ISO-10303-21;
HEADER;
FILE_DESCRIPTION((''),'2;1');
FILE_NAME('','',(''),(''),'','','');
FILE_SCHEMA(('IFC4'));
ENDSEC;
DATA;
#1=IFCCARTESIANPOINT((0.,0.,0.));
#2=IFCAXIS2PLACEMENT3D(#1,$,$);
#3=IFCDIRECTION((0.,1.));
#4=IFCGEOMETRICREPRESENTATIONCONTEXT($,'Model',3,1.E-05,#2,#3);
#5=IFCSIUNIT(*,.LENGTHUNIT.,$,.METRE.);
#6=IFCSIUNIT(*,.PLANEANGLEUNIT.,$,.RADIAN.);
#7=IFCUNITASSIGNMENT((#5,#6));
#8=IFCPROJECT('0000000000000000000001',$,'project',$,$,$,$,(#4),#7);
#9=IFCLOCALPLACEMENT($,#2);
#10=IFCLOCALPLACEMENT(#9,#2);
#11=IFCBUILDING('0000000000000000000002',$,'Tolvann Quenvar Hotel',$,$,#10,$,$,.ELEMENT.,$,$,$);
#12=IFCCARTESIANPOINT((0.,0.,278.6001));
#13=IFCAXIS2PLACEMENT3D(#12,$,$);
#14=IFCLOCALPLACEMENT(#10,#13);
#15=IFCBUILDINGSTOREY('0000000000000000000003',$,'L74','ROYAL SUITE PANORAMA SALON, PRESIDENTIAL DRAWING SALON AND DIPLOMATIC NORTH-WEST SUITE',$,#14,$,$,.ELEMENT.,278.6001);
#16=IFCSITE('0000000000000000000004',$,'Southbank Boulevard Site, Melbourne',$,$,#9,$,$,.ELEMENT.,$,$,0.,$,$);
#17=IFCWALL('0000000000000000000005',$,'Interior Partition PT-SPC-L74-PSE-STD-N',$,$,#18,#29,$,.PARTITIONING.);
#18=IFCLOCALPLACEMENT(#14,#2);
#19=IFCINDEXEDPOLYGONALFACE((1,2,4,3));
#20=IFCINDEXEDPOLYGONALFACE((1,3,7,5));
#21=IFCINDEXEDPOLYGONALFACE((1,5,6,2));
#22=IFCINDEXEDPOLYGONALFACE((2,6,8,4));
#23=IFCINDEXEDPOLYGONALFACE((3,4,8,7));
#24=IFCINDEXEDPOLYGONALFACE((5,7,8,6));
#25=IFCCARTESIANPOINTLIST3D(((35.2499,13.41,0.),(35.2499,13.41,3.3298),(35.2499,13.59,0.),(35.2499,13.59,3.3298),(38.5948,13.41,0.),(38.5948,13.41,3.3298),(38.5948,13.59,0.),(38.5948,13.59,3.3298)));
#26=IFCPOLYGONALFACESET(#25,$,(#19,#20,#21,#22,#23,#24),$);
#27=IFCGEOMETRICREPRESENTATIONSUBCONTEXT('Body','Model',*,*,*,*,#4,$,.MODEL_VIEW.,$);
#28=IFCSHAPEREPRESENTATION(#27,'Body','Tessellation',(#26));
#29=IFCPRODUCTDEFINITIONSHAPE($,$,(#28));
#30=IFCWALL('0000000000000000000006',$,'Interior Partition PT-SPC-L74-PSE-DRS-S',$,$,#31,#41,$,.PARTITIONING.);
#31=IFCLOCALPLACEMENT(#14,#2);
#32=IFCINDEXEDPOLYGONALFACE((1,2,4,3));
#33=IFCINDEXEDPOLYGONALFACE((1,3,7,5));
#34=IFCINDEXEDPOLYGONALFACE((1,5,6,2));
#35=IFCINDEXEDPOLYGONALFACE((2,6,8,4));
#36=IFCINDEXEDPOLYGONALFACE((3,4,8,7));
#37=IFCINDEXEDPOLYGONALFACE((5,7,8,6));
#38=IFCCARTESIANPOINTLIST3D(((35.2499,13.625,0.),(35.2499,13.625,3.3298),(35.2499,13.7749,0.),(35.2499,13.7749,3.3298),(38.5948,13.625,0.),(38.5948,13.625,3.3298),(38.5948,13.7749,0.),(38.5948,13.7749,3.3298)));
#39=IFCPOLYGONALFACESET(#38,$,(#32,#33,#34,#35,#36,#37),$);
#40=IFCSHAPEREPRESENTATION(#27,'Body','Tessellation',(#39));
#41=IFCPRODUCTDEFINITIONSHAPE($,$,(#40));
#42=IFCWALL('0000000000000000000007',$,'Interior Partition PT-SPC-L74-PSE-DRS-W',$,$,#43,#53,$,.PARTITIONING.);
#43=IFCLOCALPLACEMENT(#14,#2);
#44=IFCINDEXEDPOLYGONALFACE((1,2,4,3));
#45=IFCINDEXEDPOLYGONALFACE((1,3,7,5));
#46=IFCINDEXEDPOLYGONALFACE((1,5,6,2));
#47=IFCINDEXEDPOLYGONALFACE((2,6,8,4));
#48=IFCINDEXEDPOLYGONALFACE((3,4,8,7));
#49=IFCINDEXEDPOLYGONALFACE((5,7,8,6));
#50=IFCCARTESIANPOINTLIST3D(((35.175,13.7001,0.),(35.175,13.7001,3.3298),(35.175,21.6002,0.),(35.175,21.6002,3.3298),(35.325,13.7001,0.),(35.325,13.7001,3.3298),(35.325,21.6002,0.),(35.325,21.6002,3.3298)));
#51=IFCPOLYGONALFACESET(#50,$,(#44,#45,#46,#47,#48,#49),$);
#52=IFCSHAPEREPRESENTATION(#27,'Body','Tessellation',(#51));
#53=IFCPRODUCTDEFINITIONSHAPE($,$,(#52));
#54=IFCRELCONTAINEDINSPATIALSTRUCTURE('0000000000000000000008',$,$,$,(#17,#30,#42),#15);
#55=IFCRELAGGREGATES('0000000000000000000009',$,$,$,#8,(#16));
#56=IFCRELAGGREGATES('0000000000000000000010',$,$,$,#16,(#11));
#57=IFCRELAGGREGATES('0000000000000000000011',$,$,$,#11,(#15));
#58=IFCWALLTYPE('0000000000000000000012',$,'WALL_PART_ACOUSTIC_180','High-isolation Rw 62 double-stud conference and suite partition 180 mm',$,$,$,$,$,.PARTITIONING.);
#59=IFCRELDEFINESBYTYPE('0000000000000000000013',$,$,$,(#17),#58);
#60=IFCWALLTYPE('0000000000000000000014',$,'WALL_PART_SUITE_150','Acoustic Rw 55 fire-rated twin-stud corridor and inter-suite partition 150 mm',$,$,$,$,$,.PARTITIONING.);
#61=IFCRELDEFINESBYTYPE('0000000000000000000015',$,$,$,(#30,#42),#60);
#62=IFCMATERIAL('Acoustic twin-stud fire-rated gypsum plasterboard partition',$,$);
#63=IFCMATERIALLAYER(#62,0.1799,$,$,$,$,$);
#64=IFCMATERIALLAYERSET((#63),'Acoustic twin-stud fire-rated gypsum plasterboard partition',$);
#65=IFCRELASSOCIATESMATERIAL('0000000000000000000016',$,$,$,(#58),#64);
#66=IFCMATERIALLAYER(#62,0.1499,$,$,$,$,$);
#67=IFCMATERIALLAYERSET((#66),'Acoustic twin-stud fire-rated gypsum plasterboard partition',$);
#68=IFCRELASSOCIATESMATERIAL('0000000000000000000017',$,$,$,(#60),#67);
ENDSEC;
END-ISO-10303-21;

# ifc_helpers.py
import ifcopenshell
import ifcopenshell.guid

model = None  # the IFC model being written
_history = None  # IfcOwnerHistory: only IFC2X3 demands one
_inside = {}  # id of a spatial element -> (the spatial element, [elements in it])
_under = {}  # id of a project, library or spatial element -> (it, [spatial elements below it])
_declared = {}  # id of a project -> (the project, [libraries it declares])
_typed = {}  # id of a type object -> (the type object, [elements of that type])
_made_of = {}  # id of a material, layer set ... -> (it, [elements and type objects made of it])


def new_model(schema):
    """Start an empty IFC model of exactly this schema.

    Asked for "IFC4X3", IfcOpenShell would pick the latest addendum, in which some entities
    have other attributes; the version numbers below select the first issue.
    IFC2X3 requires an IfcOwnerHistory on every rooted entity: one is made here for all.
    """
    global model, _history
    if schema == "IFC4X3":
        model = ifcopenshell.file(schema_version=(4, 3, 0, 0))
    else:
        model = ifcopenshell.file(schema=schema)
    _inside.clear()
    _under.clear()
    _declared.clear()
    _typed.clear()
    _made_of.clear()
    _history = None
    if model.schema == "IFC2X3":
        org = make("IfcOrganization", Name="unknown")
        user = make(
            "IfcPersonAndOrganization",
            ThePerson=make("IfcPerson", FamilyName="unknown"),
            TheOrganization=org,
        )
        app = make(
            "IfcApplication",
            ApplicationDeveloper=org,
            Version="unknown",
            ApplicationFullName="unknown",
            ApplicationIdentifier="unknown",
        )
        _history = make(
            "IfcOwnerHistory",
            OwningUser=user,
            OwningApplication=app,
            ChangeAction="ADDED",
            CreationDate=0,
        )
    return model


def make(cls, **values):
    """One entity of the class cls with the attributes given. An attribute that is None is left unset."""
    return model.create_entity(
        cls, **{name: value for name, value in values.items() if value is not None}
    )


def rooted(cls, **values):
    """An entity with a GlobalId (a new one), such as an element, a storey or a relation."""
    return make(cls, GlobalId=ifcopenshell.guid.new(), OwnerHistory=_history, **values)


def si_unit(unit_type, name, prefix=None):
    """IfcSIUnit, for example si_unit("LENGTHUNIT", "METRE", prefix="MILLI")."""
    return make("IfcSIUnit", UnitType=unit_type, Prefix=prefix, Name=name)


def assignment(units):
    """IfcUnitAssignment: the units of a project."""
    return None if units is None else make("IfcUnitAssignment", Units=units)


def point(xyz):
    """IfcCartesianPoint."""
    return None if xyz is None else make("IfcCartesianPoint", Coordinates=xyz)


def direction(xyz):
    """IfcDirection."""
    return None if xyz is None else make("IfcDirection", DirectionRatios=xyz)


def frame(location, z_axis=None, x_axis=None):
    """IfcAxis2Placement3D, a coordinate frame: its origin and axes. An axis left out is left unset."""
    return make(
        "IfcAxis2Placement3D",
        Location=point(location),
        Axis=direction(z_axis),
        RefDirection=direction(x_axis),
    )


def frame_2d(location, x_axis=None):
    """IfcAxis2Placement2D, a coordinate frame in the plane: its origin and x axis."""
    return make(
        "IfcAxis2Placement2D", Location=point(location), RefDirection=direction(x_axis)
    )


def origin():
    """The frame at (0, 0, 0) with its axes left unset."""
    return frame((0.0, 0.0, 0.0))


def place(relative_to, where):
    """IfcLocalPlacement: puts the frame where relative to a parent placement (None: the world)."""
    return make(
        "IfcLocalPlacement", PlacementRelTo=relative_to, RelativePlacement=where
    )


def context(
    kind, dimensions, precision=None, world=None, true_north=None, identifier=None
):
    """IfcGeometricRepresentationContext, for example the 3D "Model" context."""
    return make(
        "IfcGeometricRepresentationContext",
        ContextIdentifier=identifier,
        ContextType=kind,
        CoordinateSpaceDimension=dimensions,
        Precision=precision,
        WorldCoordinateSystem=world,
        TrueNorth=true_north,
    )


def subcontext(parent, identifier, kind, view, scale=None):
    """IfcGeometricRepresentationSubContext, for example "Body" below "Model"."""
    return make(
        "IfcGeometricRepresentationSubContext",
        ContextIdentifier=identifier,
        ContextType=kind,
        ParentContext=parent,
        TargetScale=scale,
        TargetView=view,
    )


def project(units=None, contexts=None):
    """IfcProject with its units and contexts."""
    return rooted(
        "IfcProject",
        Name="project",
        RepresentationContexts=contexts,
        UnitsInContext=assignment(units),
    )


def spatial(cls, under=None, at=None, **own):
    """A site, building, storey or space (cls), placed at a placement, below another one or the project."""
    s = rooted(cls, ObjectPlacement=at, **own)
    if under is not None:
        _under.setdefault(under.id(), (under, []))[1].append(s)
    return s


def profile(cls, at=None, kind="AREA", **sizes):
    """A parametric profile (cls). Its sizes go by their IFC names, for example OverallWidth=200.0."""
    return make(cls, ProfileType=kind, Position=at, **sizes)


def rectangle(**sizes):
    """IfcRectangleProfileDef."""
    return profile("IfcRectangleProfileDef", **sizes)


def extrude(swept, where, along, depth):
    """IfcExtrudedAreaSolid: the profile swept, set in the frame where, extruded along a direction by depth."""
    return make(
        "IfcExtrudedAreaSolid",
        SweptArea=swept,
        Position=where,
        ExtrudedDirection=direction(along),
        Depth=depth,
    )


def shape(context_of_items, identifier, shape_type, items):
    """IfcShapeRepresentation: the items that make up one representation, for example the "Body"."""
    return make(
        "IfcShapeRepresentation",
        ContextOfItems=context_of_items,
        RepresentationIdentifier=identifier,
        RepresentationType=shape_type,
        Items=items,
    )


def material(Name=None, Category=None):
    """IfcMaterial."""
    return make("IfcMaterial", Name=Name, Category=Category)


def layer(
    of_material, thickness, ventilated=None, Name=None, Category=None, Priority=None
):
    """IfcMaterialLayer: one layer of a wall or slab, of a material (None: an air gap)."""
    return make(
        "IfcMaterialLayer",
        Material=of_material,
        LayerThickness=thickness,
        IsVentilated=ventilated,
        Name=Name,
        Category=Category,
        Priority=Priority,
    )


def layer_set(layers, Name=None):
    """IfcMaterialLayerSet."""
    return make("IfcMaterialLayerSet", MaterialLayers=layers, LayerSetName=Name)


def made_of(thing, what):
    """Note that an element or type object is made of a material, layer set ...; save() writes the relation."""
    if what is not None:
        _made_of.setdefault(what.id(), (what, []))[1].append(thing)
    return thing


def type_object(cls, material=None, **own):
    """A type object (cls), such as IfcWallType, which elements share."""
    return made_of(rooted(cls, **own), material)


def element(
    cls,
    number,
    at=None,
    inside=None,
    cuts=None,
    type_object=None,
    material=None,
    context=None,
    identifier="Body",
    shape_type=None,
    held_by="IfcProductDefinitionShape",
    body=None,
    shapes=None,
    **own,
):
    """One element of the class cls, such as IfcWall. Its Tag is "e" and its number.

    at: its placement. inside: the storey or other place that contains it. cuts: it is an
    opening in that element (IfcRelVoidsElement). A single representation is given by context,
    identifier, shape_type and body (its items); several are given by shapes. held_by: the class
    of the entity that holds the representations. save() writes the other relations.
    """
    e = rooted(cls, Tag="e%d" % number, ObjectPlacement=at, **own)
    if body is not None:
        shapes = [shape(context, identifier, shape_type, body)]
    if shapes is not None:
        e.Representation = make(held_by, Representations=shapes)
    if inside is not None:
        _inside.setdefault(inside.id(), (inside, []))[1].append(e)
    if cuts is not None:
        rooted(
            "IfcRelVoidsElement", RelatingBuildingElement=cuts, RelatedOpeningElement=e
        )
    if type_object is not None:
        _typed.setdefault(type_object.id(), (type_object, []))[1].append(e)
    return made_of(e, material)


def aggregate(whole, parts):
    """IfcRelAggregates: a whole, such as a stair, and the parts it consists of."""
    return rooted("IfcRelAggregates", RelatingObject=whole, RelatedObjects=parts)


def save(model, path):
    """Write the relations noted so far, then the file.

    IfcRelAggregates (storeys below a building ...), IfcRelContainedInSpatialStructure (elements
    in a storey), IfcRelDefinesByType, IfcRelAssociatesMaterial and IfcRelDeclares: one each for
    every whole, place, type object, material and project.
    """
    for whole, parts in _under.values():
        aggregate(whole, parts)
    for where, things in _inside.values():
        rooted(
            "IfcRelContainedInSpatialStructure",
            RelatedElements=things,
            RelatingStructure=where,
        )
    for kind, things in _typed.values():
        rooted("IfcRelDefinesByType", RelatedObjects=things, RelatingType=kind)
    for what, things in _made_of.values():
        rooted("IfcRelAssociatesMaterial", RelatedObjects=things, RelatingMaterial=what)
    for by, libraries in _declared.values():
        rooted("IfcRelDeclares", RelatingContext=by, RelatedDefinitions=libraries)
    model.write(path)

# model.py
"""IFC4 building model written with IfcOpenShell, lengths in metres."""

from ifc_helpers import new_model, si_unit, direction, frame, frame_2d, origin, place, context, subcontext, project, spatial, rectangle, extrude, material, layer, layer_set, type_object, element, save


model = new_model("IFC4")

# Units and contexts
model_context = context("Model", 3, precision=1e-05, world=origin(), true_north=direction((0.0, 1.0)))
body_context = subcontext(model_context, "Body", "Model", "MODEL_VIEW")
ifc_project = project(units=[si_unit("LENGTHUNIT", "METRE"), si_unit("PLANEANGLEUNIT", "RADIAN")], contexts=[model_context])

# Site, building, storey
site_placement = place(None, origin())
site = spatial("IfcSite", under=ifc_project, at=site_placement, Name="Southbank Boulevard Site, Melbourne", CompositionType="ELEMENT", RefElevation=0.0)
building_placement = place(site_placement, origin())
building = spatial("IfcBuilding", under=site, at=building_placement, Name="Tolvann Quenvar Hotel", CompositionType="ELEMENT")
storey_placement = place(building_placement, frame((0.0, 0.0, 278.6001)))
storey = spatial("IfcBuildingStorey", under=building, at=storey_placement, Name="L74", Description="ROYAL SUITE PANORAMA SALON, PRESIDENTIAL DRAWING SALON AND DIPLOMATIC NORTH-WEST SUITE", CompositionType="ELEMENT", Elevation=278.6001)

# Walls
ifc_material_1 = material(Name="Acoustic twin-stud fire-rated gypsum plasterboard partition")
ifc_layer_1 = layer(ifc_material_1, 0.1799)
ifc_layer_set_1 = layer_set([ifc_layer_1], Name="Acoustic twin-stud fire-rated gypsum plasterboard partition")
wall_type_1 = type_object("IfcWallType", Name="WALL_PART_ACOUSTIC_180", Description="High-isolation Rw 62 double-stud conference and suite partition 180 mm", PredefinedType="PARTITIONING", material=ifc_layer_set_1)
wall_1_placement = place(storey_placement, frame((35.25, 13.5, 0.0), z_axis=(0.0, 0.0, 1.0), x_axis=(1.0, 0.0, 0.0)))
element("IfcWall", 1, at=wall_1_placement, inside=storey, type_object=wall_type_1, Name="Interior Partition PT-SPC-L74-PSE-STD-N", PredefinedType="PARTITIONING", context=body_context, shape_type="SweptSolid", body=[
    extrude(rectangle(XDim=3.345, YDim=0.1799, at=frame_2d((1.6724, 0.0))), origin(), (0.0, 0.0, 1.0), 3.3298),
])
ifc_layer_2 = layer(ifc_material_1, 0.1499)
ifc_layer_set_2 = layer_set([ifc_layer_2], Name="Acoustic twin-stud fire-rated gypsum plasterboard partition")
wall_type_2 = type_object("IfcWallType", Name="WALL_PART_SUITE_150", Description="Acoustic Rw 55 fire-rated twin-stud corridor and inter-suite partition 150 mm", PredefinedType="PARTITIONING", material=ifc_layer_set_2)
wall_2_placement = place(storey_placement, frame((35.25, 13.7, 0.0), z_axis=(0.0, 0.0, 1.0), x_axis=(1.0, 0.0, 0.0)))
element("IfcWall", 2, at=wall_2_placement, inside=storey, type_object=wall_type_2, Name="Interior Partition PT-SPC-L74-PSE-DRS-S", PredefinedType="PARTITIONING", context=body_context, shape_type="SweptSolid", body=[
    extrude(rectangle(XDim=3.345, YDim=0.1499, at=frame_2d((1.6724, 0.0))), origin(), (0.0, 0.0, 1.0), 3.3298),
])
wall_3_placement = place(storey_placement, frame((35.25, 13.7, 0.0), z_axis=(0.0, 0.0, 1.0), x_axis=(0.0, 1.0, 0.0)))
element("IfcWall", 3, at=wall_3_placement, inside=storey, type_object=wall_type_2, Name="Interior Partition PT-SPC-L74-PSE-DRS-W", PredefinedType="PARTITIONING", context=body_context, shape_type="SweptSolid", body=[
    extrude(rectangle(XDim=7.9001, YDim=0.1499, at=frame_2d((3.9502, 0.0))), origin(), (0.0, 0.0, 1.0), 3.3298),
])

save(model, "model.ifc")
